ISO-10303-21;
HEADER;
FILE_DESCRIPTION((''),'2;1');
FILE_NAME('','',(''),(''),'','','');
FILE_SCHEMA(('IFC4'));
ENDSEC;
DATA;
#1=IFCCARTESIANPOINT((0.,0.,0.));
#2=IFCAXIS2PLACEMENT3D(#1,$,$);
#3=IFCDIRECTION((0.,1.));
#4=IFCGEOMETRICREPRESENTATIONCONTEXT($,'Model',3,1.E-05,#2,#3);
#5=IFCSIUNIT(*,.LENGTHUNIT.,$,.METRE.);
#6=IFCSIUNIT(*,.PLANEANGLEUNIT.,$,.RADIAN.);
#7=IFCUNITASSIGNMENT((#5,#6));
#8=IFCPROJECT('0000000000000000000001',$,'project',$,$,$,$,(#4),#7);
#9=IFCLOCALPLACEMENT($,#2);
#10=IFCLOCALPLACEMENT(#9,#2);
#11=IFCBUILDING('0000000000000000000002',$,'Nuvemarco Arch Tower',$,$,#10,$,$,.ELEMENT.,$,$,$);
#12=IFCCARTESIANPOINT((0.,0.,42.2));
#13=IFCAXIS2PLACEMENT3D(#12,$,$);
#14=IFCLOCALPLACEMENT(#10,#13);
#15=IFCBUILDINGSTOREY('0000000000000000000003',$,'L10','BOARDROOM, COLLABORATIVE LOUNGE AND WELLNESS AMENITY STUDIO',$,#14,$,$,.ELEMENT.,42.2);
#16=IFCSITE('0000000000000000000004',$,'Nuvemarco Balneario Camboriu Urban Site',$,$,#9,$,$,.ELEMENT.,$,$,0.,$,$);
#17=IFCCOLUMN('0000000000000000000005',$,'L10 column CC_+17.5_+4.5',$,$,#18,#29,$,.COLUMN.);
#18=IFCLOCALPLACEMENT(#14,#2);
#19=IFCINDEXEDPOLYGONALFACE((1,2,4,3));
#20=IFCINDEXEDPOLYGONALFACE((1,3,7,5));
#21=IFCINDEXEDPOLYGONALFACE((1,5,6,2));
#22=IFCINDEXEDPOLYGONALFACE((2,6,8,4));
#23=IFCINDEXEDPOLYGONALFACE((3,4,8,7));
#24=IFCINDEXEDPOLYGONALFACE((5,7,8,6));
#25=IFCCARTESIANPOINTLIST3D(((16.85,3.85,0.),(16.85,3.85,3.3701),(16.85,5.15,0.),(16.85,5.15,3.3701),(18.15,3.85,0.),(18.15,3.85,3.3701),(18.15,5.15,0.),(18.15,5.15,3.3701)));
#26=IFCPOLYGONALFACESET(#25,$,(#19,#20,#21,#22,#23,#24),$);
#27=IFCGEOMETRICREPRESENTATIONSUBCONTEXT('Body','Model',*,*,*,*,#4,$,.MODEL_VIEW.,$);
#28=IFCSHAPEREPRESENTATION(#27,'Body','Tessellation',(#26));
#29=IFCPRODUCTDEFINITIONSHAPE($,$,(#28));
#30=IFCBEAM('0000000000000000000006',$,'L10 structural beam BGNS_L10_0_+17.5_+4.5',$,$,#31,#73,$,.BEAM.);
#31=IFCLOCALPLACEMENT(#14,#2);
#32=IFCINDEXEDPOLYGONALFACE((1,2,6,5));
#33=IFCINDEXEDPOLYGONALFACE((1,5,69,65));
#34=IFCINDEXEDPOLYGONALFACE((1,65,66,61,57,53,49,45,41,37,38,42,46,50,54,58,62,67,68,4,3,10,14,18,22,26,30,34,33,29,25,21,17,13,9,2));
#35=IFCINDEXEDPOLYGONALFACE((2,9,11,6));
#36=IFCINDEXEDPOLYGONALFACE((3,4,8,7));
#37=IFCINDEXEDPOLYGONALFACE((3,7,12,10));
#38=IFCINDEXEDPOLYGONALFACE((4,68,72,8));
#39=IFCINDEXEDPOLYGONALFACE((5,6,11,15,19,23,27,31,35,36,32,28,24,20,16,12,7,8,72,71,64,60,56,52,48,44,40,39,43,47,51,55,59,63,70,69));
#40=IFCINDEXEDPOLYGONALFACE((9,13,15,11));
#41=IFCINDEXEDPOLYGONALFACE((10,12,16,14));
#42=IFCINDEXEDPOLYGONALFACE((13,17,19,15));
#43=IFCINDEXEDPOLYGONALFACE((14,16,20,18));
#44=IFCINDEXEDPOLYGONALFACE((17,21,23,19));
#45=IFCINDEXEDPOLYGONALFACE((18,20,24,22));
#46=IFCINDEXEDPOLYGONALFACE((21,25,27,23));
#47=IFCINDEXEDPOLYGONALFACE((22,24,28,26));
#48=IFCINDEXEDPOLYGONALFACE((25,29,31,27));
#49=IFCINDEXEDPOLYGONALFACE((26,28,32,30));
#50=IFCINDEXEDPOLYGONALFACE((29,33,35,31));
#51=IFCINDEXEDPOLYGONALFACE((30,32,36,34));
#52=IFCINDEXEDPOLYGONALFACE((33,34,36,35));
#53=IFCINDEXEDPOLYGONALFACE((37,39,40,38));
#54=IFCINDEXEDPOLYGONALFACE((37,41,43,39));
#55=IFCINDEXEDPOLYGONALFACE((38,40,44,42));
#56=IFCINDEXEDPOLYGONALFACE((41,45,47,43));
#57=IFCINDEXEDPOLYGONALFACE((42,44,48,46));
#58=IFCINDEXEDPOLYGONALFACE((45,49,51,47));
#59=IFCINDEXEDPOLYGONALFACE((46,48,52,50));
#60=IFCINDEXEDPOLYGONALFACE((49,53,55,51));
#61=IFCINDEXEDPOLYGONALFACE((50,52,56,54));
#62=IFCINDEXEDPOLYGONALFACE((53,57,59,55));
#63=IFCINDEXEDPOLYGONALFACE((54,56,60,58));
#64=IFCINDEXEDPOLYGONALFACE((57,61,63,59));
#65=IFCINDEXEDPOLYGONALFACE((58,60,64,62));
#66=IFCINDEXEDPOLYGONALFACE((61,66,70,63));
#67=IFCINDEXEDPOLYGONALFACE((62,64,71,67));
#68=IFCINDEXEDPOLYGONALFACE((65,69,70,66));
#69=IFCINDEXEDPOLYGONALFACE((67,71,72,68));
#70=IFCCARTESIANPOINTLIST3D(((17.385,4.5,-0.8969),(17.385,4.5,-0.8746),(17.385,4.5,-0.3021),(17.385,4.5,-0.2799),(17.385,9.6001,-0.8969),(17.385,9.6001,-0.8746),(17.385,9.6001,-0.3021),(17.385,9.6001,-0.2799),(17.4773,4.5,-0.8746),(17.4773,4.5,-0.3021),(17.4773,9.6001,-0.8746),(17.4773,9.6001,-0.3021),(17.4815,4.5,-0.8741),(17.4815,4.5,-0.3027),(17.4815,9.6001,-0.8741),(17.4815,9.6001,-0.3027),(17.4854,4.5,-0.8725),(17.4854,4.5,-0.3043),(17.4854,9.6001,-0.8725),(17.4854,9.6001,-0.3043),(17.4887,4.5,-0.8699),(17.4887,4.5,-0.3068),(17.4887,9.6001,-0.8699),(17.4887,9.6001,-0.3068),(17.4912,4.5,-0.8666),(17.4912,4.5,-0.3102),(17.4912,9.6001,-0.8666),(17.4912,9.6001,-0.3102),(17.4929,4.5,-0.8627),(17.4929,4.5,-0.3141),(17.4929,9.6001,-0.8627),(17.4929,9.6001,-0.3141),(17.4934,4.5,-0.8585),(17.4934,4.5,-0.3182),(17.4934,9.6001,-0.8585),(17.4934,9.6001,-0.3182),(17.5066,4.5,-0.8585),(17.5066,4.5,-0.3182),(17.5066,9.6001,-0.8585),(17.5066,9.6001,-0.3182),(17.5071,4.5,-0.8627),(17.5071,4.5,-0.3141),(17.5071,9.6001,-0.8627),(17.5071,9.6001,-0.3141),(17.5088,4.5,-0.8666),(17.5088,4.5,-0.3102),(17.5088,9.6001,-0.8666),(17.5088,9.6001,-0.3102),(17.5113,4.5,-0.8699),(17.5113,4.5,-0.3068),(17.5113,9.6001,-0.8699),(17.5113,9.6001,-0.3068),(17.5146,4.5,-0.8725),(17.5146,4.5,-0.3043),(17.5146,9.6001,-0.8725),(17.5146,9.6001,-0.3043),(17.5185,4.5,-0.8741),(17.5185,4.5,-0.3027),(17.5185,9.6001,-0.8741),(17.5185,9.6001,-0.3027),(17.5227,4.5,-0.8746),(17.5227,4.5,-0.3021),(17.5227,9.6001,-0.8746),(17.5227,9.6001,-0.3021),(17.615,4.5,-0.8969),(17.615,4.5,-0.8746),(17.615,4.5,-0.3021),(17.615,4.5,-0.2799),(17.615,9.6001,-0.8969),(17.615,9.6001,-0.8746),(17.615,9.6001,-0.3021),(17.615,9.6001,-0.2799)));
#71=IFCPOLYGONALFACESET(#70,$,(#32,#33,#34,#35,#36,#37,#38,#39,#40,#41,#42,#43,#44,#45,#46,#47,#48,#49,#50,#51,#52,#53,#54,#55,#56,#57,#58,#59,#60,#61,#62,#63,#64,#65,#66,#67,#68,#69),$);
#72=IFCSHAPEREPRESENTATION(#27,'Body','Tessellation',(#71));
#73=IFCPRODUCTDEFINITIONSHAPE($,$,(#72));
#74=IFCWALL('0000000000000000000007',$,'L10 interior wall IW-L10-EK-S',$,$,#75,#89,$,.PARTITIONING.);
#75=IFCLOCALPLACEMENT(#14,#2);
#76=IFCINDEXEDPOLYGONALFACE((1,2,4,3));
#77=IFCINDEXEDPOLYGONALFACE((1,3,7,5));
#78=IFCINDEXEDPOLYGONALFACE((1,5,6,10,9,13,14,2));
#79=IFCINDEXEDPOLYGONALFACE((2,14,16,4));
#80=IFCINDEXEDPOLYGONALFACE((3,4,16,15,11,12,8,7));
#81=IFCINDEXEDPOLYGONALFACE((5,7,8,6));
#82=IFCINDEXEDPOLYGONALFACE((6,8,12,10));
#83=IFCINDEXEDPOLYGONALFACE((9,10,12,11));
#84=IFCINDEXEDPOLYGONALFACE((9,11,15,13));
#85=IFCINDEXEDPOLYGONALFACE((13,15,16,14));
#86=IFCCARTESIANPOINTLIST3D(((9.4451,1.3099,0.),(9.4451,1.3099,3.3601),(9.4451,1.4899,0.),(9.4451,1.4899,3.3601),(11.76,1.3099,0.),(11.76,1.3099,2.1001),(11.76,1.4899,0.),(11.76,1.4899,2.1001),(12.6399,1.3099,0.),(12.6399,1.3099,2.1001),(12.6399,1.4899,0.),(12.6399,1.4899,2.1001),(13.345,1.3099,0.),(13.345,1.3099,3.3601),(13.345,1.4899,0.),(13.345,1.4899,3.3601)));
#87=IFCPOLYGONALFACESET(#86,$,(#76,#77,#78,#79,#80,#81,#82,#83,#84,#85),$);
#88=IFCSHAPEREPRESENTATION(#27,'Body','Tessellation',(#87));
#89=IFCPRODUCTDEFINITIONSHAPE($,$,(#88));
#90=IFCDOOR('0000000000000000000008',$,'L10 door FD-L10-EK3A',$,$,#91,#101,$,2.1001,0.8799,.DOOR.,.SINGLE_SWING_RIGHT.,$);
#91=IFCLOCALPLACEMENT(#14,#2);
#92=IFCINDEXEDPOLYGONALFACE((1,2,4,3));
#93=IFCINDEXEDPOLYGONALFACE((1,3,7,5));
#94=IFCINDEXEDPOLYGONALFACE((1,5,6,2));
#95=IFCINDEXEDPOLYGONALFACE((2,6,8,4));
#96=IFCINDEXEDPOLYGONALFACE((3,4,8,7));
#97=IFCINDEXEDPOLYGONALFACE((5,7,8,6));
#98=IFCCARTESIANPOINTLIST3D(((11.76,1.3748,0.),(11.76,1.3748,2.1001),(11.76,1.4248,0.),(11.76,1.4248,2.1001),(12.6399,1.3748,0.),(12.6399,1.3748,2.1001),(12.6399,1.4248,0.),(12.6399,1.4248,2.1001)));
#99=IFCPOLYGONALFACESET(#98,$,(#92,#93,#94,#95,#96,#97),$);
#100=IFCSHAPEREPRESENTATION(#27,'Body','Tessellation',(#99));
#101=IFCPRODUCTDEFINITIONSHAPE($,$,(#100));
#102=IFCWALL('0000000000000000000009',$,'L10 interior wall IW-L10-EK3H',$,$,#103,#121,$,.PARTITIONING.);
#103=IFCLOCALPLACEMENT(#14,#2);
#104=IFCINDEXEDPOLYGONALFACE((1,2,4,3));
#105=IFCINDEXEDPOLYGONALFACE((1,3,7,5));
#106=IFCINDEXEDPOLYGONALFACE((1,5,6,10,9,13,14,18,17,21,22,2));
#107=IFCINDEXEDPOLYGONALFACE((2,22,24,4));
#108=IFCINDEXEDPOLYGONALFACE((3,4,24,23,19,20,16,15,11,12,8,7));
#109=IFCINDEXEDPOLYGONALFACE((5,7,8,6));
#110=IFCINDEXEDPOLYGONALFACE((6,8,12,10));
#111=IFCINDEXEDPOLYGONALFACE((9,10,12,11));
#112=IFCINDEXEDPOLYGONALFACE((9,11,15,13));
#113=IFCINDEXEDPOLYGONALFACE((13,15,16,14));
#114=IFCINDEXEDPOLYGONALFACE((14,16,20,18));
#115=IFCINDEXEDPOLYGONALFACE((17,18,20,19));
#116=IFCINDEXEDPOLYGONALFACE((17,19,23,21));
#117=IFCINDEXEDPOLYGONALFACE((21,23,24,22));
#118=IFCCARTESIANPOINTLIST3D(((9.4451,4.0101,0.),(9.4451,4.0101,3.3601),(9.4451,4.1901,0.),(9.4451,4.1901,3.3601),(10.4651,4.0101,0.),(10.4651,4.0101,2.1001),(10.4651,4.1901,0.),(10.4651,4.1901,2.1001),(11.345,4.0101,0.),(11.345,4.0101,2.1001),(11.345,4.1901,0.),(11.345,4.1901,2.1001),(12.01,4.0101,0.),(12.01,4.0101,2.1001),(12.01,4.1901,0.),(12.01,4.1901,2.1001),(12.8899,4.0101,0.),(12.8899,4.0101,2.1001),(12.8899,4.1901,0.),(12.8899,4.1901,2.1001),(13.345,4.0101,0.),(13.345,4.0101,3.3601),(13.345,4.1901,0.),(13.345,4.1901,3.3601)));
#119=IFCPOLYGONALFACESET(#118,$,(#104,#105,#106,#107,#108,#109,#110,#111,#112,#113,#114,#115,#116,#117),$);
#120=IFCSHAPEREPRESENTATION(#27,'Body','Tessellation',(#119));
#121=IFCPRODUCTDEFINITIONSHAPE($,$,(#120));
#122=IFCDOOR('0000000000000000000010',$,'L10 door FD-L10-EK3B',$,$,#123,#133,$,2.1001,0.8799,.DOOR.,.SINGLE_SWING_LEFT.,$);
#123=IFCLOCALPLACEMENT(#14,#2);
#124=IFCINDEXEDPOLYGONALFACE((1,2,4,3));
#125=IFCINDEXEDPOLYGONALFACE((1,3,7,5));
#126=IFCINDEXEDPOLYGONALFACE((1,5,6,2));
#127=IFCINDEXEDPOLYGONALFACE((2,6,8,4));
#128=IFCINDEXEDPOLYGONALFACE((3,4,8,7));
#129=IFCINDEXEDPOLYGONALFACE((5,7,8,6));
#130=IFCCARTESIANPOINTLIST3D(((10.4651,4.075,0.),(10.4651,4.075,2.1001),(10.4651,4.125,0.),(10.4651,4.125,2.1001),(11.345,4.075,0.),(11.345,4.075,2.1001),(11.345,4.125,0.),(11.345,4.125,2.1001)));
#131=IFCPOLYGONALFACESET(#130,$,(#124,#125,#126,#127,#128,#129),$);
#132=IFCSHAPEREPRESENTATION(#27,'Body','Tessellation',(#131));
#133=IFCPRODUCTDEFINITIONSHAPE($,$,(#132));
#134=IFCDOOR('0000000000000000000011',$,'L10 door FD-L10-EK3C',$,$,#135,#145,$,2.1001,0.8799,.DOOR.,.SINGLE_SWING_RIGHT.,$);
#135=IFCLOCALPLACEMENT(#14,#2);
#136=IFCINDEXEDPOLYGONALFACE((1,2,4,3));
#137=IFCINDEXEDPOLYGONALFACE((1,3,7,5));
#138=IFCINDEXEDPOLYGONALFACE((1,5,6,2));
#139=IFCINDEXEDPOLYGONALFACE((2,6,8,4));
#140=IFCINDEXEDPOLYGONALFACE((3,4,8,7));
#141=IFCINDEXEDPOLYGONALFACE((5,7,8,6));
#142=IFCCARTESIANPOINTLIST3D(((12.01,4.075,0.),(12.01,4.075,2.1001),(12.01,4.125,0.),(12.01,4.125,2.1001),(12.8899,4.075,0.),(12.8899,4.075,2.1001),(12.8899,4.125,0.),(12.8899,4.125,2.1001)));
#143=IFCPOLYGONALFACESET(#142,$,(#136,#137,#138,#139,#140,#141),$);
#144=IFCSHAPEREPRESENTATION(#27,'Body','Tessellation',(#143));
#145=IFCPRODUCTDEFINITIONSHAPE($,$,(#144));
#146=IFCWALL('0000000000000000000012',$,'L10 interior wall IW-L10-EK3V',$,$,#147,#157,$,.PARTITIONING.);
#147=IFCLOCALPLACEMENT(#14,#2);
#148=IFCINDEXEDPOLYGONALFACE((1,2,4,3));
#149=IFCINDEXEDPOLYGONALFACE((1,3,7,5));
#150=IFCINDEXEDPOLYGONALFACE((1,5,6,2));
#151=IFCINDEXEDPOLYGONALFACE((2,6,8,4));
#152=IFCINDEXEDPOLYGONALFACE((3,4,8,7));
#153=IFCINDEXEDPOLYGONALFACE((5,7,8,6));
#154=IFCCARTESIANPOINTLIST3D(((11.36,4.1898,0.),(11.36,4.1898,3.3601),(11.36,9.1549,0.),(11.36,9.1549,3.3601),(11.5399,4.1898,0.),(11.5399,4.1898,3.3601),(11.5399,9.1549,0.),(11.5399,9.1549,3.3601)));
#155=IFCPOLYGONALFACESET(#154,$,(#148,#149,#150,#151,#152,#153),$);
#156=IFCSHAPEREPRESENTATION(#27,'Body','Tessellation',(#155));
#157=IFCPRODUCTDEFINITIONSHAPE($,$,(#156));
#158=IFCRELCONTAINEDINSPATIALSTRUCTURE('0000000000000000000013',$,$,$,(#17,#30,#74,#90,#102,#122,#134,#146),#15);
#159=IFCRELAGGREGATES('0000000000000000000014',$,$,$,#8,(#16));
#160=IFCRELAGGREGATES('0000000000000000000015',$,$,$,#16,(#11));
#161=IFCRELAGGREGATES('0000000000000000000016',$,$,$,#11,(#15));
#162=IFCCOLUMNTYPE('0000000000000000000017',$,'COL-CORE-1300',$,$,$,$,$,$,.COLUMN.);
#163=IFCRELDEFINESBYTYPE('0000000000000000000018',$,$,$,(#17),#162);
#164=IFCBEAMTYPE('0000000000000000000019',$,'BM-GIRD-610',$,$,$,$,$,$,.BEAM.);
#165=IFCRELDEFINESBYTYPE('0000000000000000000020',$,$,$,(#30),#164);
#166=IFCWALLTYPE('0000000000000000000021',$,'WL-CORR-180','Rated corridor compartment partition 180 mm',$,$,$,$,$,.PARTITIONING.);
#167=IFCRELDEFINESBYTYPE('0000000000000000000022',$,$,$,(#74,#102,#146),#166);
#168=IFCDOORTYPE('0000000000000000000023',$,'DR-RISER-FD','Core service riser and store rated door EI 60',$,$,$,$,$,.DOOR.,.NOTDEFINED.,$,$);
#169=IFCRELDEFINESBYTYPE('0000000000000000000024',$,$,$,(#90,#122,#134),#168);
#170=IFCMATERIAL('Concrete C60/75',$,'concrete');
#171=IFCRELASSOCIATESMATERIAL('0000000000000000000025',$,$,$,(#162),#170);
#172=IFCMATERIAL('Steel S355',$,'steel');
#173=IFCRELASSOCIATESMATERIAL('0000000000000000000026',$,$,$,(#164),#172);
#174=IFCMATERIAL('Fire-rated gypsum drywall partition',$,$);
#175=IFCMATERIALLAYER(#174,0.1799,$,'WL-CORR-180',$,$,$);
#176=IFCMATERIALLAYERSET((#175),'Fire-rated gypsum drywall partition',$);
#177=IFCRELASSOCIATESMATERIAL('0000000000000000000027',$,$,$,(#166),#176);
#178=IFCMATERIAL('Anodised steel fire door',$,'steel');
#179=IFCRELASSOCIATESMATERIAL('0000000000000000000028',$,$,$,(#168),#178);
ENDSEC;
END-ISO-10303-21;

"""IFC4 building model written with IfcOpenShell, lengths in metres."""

from ifc_helpers import new_model, si_unit, direction, frame, frame_2d, origin, origin_2d, place, context, subcontext, project, spatial, rectangle, i_section, extrude, source, transform, mapped, material, layer, layer_set, material_profile, profile_set, type_object, type_shapes, element, fill, save


model = new_model("IFC4")

# Units and contexts
model_context = context("Model", 3, precision=1e-05, world=origin(), true_north=direction((0.0, 1.0)))
body_context = subcontext(model_context, "Body", "Model", "MODEL_VIEW")
ifc_project = project(units=[si_unit("LENGTHUNIT", "METRE"), si_unit("PLANEANGLEUNIT", "RADIAN")], contexts=[model_context])

# Site, building, storey
site_placement = place(None, origin())
site = spatial("IfcSite", under=ifc_project, at=site_placement, Name="Nuvemarco Balneario Camboriu Urban Site", CompositionType="ELEMENT", RefElevation=0.0)
building_placement = place(site_placement, origin())
building = spatial("IfcBuilding", under=site, at=building_placement, Name="Nuvemarco Arch Tower", CompositionType="ELEMENT")
storey_placement = place(building_placement, frame((0.0, 0.0, 42.2)))
storey = spatial("IfcBuildingStorey", under=building, at=storey_placement, Name="L10", Description="BOARDROOM, COLLABORATIVE LOUNGE AND WELLNESS AMENITY STUDIO", CompositionType="ELEMENT", Elevation=42.2)

# Column
ifc_material_1 = material(Name="Concrete C60/75", Category="concrete")
ifc_material_profile_1 = material_profile(ifc_material_1, rectangle(XDim=1.3, YDim=1.3, at=origin_2d()), Name="RC-COL-1300x1300")
ifc_profile_set_1 = profile_set([ifc_material_profile_1], Name="Concrete C60/75")
column_type = type_object("IfcColumnType", Name="COL-CORE-1300", PredefinedType="COLUMN", material=ifc_profile_set_1)
column_placement = place(storey_placement, frame((17.5, 4.5, 0.0), z_axis=(0.0, 0.0, 1.0), x_axis=(1.0, 0.0, 0.0)))
element("IfcColumn", 1, at=column_placement, inside=storey, type_object=column_type, Name="L10 column CC_+17.5_+4.5", PredefinedType="COLUMN", context=body_context, shape_type="SweptSolid", body=[
    extrude(rectangle(XDim=1.3, YDim=1.3, at=origin_2d()), origin(), (0.0, 0.0, 1.0), 3.3701),
])

# Beam
ifc_material_2 = material(Name="Steel S355", Category="steel")
ifc_material_profile_2 = material_profile(ifc_material_2, i_section(OverallWidth=0.23, OverallDepth=0.6169, WebThickness=0.0132, FlangeThickness=0.0222, FilletRadius=0.0161, at=origin_2d()), Name="W610x140")
ifc_profile_set_2 = profile_set([ifc_material_profile_2], Name="Steel S355")
beam_type = type_object("IfcBeamType", Name="BM-GIRD-610", PredefinedType="BEAM", material=ifc_profile_set_2)
beam_placement = place(storey_placement, frame((17.5, 4.5, -0.5884), z_axis=(0.0, 1.0, 0.0), x_axis=(-1.0, 0.0, 0.0)))
element("IfcBeam", 2, at=beam_placement, inside=storey, type_object=beam_type, Name="L10 structural beam BGNS_L10_0_+17.5_+4.5", PredefinedType="BEAM", context=body_context, shape_type="SweptSolid", body=[
    extrude(i_section(OverallWidth=0.23, OverallDepth=0.6169, WebThickness=0.0132, FlangeThickness=0.0222, FilletRadius=0.0161, at=origin_2d()), origin(), (0.0, 0.0, 1.0), 5.1001),
])

# Wall, opening, door
ifc_material_3 = material(Name="Fire-rated gypsum drywall partition")
ifc_layer_1 = layer(ifc_material_3, 0.1799, Name="WL-CORR-180")
ifc_layer_set_1 = layer_set([ifc_layer_1], Name="Fire-rated gypsum drywall partition")
wall_type_1 = type_object("IfcWallType", Name="WL-CORR-180", Description="Rated corridor compartment partition 180 mm", PredefinedType="PARTITIONING", material=ifc_layer_set_1)
wall_1_placement = place(storey_placement, frame((9.4451, 1.3999, 0.0), z_axis=(0.0, 0.0, 1.0), x_axis=(1.0, 0.0, 0.0)))
wall_1 = element("IfcWall", 3, at=wall_1_placement, inside=storey, type_object=wall_type_1, Name="L10 interior wall IW-L10-EK-S", PredefinedType="PARTITIONING", context=body_context, shape_type="SweptSolid", body=[
    extrude(rectangle(XDim=3.8999, YDim=0.1799, at=frame_2d((1.95, 0.0))), origin(), (0.0, 0.0, 1.0), 3.3601),
])
opening_1_placement = place(wall_1_placement, frame((2.3149, 0.0, 0.0)))
opening_1 = element("IfcOpeningElement", 4, at=opening_1_placement, cuts=wall_1, PredefinedType="OPENING", context=body_context, shape_type="SweptSolid", body=[
    extrude(rectangle(XDim=0.8799, YDim=2.1001, at=frame_2d((0.4399, 1.05))), frame((0.0, 0.0999, 0.0), z_axis=(0.0, -1.0, 0.0), x_axis=(1.0, 0.0, 0.0)), (0.0, 0.0, 1.0), 0.2),
])
ifc_material_4 = material(Name="Anodised steel fire door", Category="steel")
door_type_1 = type_object("IfcDoorType", Name="DR-RISER-FD", Description="Core service riser and store rated door EI 60", OperationType="NOTDEFINED", PredefinedType="DOOR", material=ifc_material_4)
shared_shape_1 = source(origin(), body_context, "Body", "SweptSolid", [
    extrude(rectangle(XDim=0.8799, YDim=2.1001, at=frame_2d((0.4399, 1.05))), frame((0.0, 0.0249, 0.0), z_axis=(0.0, -1.0, 0.0), x_axis=(1.0, 0.0, 0.0)), (0.0, 0.0, 1.0), 0.05),
])
type_shapes(door_type_1, [shared_shape_1])
door_1_placement = place(opening_1_placement, origin())
door_1 = element("IfcDoor", 5, at=door_1_placement, inside=storey, type_object=door_type_1, Name="L10 door FD-L10-EK3A", OperationType="SINGLE_SWING_RIGHT", OverallHeight=2.1001, OverallWidth=0.8799, PredefinedType="DOOR", context=body_context, shape_type="MappedRepresentation", body=[
    mapped(shared_shape_1, transform((0.0, 0.0, 0.0), scale=1.0)),
])
fill(opening_1, door_1)

# Wall, openings, doors
wall_2_placement = place(storey_placement, frame((9.4451, 4.1001, 0.0), z_axis=(0.0, 0.0, 1.0), x_axis=(1.0, 0.0, 0.0)))
wall_2 = element("IfcWall", 6, at=wall_2_placement, inside=storey, type_object=wall_type_1, Name="L10 interior wall IW-L10-EK3H", PredefinedType="PARTITIONING", context=body_context, shape_type="SweptSolid", body=[
    extrude(rectangle(XDim=3.8999, YDim=0.1799, at=frame_2d((1.95, 0.0))), origin(), (0.0, 0.0, 1.0), 3.3601),
])
opening_2_placement = place(wall_2_placement, frame((1.02, 0.0, 0.0)))
opening_2 = element("IfcOpeningElement", 7, at=opening_2_placement, cuts=wall_2, PredefinedType="OPENING", context=body_context, shape_type="SweptSolid", body=[
    extrude(rectangle(XDim=0.8799, YDim=2.1001, at=frame_2d((0.4399, 1.05))), frame((0.0, 0.0999, 0.0), z_axis=(0.0, -1.0, 0.0), x_axis=(1.0, 0.0, 0.0)), (0.0, 0.0, 1.0), 0.2),
])
opening_3_placement = place(wall_2_placement, frame((2.5649, 0.0, 0.0)))
opening_3 = element("IfcOpeningElement", 8, at=opening_3_placement, cuts=wall_2, PredefinedType="OPENING", context=body_context, shape_type="SweptSolid", body=[
    extrude(rectangle(XDim=0.8799, YDim=2.1001, at=frame_2d((0.4399, 1.05))), frame((0.0, 0.0999, 0.0), z_axis=(0.0, -1.0, 0.0), x_axis=(1.0, 0.0, 0.0)), (0.0, 0.0, 1.0), 0.2),
])
door_2_placement = place(opening_2_placement, origin())
door_2 = element("IfcDoor", 9, at=door_2_placement, inside=storey, type_object=door_type_1, Name="L10 door FD-L10-EK3B", OperationType="SINGLE_SWING_LEFT", OverallHeight=2.1001, OverallWidth=0.8799, PredefinedType="DOOR", context=body_context, shape_type="MappedRepresentation", body=[
    mapped(shared_shape_1, transform((0.0, 0.0, 0.0), scale=1.0)),
])
fill(opening_2, door_2)
door_3_placement = place(opening_3_placement, origin())
door_3 = element("IfcDoor", 10, at=door_3_placement, inside=storey, type_object=door_type_1, Name="L10 door FD-L10-EK3C", OperationType="SINGLE_SWING_RIGHT", OverallHeight=2.1001, OverallWidth=0.8799, PredefinedType="DOOR", context=body_context, shape_type="MappedRepresentation", body=[
    mapped(shared_shape_1, transform((0.0, 0.0, 0.0), scale=1.0)),
])
fill(opening_3, door_3)

# Wall
wall_3_placement = place(storey_placement, frame((11.45, 4.1899, 0.0), z_axis=(0.0, 0.0, 1.0), x_axis=(0.0, 1.0, 0.0)))
element("IfcWall", 11, at=wall_3_placement, inside=storey, type_object=wall_type_1, Name="L10 interior wall IW-L10-EK3V", PredefinedType="PARTITIONING", context=body_context, shape_type="SweptSolid", body=[
    extrude(rectangle(XDim=4.9651, YDim=0.1799, at=frame_2d((2.4824, 0.0))), origin(), (0.0, 0.0, 1.0), 3.3601),
])

save(model, "model.ifc")
